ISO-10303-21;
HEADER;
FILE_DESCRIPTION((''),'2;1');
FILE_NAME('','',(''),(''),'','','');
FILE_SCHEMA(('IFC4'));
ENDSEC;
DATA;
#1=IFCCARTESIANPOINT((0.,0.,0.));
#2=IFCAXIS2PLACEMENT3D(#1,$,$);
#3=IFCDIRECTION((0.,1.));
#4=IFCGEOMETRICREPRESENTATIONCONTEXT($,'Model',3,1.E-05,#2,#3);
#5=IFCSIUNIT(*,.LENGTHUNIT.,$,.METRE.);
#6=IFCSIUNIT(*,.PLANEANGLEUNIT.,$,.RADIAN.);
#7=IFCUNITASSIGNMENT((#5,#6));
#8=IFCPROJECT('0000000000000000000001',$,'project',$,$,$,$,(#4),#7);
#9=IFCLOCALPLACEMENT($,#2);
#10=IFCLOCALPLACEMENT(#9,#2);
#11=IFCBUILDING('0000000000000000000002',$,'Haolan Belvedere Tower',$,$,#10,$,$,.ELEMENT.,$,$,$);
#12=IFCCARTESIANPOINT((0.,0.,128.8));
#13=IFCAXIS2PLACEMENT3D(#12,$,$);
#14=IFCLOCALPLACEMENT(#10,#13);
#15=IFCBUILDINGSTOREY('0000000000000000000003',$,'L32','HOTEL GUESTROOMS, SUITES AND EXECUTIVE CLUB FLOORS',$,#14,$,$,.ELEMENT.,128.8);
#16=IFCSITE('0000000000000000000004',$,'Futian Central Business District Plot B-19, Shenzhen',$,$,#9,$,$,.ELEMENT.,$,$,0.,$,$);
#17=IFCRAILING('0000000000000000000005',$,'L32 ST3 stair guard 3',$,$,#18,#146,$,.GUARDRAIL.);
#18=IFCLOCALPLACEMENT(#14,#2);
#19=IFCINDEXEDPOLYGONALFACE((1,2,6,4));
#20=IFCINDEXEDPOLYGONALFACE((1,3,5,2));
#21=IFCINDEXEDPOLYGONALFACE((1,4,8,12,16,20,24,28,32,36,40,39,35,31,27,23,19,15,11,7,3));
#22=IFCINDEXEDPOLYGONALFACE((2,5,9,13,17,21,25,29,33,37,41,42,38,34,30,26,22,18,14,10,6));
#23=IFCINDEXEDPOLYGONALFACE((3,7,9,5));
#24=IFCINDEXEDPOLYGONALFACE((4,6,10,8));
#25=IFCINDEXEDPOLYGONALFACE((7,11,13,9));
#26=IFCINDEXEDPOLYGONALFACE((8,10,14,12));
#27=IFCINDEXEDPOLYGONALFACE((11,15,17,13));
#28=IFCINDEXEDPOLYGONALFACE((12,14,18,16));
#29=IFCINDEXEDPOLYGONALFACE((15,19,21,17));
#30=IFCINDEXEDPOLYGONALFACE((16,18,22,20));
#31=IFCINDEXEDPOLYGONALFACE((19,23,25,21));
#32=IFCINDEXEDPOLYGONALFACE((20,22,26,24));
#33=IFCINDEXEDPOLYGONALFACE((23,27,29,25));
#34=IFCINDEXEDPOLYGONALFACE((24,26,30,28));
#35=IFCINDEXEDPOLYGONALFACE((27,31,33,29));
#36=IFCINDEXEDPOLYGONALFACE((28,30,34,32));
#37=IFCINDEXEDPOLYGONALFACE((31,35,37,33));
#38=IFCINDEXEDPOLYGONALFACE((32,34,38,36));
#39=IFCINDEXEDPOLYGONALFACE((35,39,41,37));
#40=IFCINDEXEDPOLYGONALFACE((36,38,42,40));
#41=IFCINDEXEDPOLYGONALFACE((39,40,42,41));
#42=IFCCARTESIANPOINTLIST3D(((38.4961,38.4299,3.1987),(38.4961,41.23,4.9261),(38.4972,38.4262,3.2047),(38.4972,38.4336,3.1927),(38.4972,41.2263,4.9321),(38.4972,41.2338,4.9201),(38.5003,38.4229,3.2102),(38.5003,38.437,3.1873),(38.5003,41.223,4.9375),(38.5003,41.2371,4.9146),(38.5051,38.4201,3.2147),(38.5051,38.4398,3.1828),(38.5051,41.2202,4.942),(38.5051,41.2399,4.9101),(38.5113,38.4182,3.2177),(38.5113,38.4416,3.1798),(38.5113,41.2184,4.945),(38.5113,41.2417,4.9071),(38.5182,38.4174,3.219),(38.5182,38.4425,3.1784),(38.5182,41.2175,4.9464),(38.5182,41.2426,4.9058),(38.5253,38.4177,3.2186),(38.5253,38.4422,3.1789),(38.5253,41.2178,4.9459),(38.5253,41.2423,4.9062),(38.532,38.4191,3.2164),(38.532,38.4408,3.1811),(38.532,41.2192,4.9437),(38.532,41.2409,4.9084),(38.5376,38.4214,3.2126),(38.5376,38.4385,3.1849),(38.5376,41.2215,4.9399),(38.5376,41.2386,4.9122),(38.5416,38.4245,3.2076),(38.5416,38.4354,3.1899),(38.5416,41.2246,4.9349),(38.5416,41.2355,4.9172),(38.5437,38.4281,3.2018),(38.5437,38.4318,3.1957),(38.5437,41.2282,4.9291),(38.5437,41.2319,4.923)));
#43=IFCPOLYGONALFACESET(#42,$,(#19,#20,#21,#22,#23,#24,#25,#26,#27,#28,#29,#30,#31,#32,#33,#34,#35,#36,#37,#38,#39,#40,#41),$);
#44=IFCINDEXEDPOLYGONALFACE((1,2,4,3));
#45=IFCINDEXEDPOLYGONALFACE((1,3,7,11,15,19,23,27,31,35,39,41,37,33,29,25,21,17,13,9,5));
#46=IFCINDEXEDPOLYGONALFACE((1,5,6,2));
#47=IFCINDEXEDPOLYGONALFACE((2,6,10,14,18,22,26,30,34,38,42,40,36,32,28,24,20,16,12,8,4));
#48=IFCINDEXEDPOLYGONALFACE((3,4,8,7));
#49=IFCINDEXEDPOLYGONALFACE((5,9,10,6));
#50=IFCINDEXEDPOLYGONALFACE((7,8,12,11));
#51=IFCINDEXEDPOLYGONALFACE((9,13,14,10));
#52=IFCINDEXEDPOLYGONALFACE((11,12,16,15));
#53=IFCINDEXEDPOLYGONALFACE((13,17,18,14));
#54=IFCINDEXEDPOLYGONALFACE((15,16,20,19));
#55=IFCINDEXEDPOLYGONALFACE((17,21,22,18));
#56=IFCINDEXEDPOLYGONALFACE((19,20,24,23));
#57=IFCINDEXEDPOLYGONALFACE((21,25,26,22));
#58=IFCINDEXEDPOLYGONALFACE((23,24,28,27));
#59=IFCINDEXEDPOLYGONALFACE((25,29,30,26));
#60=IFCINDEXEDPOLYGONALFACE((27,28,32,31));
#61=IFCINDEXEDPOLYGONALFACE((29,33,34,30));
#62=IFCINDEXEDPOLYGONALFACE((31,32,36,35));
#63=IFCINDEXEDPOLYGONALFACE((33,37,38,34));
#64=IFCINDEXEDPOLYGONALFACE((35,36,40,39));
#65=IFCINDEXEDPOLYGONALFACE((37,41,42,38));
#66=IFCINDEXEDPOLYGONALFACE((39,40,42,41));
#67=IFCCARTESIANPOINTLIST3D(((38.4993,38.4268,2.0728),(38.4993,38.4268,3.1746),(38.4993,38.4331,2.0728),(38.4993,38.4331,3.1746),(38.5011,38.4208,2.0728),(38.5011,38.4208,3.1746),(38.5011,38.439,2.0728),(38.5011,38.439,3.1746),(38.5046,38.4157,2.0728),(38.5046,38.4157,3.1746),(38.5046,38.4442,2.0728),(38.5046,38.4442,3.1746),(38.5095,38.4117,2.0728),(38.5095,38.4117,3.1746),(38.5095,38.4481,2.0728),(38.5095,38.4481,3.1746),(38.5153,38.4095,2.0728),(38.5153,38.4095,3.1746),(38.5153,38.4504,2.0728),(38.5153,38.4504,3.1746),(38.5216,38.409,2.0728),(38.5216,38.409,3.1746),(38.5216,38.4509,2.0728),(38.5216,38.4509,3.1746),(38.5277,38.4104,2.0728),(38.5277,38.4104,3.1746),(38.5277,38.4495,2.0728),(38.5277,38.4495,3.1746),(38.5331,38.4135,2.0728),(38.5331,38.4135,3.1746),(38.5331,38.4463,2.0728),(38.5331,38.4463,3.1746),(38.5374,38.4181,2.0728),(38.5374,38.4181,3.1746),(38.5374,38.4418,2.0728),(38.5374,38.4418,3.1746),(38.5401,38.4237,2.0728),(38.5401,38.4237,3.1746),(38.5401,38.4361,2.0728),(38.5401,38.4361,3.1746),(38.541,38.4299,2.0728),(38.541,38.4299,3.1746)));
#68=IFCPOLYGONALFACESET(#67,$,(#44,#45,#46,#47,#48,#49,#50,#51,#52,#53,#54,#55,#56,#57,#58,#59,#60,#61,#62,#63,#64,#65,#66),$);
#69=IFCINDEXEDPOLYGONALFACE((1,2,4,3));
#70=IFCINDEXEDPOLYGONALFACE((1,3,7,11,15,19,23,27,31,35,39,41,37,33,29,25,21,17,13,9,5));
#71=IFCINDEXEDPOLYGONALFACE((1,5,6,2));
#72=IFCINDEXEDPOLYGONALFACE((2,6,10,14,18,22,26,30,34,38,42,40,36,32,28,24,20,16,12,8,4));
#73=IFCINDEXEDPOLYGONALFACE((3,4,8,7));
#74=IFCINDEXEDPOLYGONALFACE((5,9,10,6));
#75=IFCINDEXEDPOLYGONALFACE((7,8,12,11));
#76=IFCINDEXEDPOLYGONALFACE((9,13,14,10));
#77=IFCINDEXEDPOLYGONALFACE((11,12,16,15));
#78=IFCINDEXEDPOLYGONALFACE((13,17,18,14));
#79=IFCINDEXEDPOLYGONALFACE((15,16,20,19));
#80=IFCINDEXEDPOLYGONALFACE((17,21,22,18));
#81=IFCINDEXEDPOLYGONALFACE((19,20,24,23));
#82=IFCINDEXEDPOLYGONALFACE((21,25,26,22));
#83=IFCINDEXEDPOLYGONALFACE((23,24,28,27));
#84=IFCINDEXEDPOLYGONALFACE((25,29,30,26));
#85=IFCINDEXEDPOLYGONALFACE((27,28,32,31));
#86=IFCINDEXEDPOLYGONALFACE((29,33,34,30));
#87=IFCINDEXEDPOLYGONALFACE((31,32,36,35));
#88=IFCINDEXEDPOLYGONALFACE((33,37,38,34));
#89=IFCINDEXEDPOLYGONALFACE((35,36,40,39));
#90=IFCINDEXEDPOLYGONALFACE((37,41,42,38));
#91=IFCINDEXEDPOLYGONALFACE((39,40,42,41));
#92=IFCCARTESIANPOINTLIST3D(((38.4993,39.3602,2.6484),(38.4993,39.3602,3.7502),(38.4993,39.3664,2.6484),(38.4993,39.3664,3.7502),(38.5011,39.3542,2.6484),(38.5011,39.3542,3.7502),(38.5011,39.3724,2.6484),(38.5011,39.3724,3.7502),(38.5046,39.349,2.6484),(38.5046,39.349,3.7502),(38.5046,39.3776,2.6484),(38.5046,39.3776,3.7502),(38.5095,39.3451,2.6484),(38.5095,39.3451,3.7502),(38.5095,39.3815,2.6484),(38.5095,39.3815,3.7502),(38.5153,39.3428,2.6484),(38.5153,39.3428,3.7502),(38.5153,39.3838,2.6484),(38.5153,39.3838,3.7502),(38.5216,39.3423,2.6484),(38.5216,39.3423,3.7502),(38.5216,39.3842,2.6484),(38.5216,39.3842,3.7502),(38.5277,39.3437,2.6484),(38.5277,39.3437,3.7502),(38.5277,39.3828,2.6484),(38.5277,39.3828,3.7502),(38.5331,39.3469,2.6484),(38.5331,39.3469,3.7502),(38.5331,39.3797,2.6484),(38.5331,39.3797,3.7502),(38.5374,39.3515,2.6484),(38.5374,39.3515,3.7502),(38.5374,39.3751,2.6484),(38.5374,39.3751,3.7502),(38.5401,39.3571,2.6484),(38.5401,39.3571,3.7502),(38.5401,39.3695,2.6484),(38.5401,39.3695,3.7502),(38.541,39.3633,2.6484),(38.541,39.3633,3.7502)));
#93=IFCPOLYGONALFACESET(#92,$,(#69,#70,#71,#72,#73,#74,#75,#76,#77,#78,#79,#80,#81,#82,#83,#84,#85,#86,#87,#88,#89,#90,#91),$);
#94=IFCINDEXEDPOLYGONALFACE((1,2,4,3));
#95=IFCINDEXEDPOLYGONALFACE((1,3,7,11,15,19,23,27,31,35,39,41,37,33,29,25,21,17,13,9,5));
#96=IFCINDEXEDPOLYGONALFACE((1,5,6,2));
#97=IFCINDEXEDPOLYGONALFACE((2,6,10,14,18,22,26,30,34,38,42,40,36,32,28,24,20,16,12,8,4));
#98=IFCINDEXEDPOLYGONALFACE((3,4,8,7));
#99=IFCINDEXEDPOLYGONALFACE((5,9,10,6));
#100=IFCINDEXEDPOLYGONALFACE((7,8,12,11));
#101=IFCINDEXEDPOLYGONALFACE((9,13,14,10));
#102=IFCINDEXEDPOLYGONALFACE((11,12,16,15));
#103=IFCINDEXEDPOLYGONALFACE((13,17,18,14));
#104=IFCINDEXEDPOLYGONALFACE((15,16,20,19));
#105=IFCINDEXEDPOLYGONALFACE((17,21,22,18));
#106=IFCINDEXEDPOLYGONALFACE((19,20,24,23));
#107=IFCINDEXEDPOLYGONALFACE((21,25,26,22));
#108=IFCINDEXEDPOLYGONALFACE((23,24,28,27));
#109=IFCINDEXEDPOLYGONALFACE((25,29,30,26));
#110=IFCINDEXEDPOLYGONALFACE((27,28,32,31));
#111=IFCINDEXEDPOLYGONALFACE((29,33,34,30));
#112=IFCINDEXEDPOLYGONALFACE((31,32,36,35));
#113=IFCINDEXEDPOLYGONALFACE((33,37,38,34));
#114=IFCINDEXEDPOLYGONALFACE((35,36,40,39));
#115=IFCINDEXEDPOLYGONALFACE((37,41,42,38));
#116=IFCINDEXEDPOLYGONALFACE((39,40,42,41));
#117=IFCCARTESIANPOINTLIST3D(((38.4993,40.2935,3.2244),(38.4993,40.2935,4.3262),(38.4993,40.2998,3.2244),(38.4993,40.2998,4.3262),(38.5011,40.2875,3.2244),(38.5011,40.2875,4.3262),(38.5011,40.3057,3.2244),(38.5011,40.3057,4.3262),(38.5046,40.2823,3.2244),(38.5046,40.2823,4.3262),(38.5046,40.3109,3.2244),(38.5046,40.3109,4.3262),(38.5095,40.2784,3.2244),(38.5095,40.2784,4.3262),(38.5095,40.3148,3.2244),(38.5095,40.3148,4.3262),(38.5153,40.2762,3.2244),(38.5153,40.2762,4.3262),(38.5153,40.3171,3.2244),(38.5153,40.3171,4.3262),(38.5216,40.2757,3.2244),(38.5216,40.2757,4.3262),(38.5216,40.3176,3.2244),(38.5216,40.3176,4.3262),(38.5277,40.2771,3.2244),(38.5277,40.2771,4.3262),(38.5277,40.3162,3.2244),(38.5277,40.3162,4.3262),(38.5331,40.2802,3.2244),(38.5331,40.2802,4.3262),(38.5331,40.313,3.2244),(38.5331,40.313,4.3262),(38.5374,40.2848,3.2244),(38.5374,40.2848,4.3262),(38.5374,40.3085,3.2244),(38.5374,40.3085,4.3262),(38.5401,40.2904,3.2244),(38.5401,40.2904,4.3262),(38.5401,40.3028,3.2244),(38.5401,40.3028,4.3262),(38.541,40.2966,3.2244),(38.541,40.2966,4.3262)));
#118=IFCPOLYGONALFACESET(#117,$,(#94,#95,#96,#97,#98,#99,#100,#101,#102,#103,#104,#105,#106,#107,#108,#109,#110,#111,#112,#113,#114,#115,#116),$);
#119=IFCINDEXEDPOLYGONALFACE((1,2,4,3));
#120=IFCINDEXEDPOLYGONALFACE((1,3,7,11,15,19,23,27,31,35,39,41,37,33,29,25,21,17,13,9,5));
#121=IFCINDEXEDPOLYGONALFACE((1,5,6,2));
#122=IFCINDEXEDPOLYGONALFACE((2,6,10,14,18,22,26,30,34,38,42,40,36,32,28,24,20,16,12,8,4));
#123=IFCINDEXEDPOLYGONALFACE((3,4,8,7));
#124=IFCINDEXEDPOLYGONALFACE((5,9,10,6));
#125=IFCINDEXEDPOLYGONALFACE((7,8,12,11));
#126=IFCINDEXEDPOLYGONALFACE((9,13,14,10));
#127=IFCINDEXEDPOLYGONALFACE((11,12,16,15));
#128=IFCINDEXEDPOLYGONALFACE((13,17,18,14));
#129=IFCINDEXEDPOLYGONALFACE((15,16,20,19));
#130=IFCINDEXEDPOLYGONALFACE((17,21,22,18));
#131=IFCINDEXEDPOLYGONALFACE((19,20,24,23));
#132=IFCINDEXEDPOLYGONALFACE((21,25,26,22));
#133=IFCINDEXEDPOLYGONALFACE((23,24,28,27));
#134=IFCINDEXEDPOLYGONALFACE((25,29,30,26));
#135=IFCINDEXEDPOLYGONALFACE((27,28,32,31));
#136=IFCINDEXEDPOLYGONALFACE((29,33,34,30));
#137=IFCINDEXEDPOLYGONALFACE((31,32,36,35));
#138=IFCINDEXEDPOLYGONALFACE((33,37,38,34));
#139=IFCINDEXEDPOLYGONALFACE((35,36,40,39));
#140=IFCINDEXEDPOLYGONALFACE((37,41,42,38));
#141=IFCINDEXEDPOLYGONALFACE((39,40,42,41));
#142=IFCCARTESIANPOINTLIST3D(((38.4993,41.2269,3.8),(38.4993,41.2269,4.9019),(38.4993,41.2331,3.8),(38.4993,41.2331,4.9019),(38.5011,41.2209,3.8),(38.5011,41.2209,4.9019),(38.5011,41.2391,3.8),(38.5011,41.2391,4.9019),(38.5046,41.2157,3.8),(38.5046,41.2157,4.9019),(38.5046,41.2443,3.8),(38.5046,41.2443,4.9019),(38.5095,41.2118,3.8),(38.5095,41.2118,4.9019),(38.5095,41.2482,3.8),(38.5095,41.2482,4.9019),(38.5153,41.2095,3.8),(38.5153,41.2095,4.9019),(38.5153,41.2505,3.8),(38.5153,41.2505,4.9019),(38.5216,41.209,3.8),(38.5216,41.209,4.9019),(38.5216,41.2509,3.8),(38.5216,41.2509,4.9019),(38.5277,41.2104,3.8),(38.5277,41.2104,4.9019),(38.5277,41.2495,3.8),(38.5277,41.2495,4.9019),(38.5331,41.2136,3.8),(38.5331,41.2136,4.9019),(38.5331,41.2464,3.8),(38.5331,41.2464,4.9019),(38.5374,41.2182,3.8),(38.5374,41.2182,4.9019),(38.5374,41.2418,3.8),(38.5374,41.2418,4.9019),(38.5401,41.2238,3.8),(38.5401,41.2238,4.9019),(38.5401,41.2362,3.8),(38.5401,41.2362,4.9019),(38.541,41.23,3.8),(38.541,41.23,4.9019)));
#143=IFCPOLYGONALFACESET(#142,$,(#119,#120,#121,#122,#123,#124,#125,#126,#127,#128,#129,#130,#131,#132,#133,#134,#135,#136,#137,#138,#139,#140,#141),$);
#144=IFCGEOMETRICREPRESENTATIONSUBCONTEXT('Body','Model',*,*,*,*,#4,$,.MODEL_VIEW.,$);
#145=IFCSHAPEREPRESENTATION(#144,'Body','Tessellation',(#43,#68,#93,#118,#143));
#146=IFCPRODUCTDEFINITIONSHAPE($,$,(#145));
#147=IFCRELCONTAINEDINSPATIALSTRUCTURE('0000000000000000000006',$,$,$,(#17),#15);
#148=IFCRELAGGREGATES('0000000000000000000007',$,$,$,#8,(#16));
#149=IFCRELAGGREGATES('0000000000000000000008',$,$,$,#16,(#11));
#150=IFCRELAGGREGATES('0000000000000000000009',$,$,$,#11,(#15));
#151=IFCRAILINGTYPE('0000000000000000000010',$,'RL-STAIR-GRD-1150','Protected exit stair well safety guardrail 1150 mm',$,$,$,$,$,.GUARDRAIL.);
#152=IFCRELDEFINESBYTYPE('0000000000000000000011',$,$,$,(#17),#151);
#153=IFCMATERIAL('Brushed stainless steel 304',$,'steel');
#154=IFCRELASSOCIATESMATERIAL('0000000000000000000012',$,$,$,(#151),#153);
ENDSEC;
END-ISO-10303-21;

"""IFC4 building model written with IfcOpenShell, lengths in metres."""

from ifc_helpers import new_model, si_unit, direction, frame, origin, origin_2d, place, context, subcontext, project, spatial, circle, extrude, material, type_object, element, save


model = new_model("IFC4")

# Units and contexts
model_context = context("Model", 3, precision=1e-05, world=origin(), true_north=direction((0.0, 1.0)))
body_context = subcontext(model_context, "Body", "Model", "MODEL_VIEW")
ifc_project = project(units=[si_unit("LENGTHUNIT", "METRE"), si_unit("PLANEANGLEUNIT", "RADIAN")], contexts=[model_context])

# Site, building, storey
site_placement = place(None, origin())
site = spatial("IfcSite", under=ifc_project, at=site_placement, Name="Futian Central Business District Plot B-19, Shenzhen", CompositionType="ELEMENT", RefElevation=0.0)
building_placement = place(site_placement, origin())
building = spatial("IfcBuilding", under=site, at=building_placement, Name="Haolan Belvedere Tower", CompositionType="ELEMENT")
storey_placement = place(building_placement, frame((0.0, 0.0, 128.8)))
storey = spatial("IfcBuildingStorey", under=building, at=storey_placement, Name="L32", Description="HOTEL GUESTROOMS, SUITES AND EXECUTIVE CLUB FLOORS", CompositionType="ELEMENT", Elevation=128.8)

# Railing
ifc_material_1 = material(Name="Brushed stainless steel 304", Category="steel")
railing_type_1 = type_object("IfcRailingType", Name="RL-STAIR-GRD-1150", Description="Protected exit stair well safety guardrail 1150 mm", PredefinedType="GUARDRAIL", material=ifc_material_1)
railing_1_placement = place(storey_placement, frame((38.52, 38.4299, 2.0728)))
element("IfcRailing", 1, at=railing_1_placement, inside=storey, type_object=railing_type_1, Name="L32 ST3 stair guard 3", PredefinedType="GUARDRAIL", context=body_context, shape_type="SweptSolid", body=[
    extrude(circle(Radius=0.0239, at=origin_2d()), frame((0.0, 0.0, 1.126), z_axis=(0.0, 0.85109, 0.52502), x_axis=(-1.0, 0.0, 0.0)), (0.0, 0.0, 1.0), 3.29),
    extrude(circle(Radius=0.021, at=origin_2d()), origin(), (0.0, 0.0, 1.0), 1.1018),
    extrude(circle(Radius=0.021, at=origin_2d()), frame((0.0, 0.9333, 0.5757)), (0.0, 0.0, 1.0), 1.1018),
    extrude(circle(Radius=0.021, at=origin_2d()), frame((0.0, 1.8667, 1.1516)), (0.0, 0.0, 1.0), 1.1018),
    extrude(circle(Radius=0.021, at=origin_2d()), frame((0.0, 2.8, 1.7273)), (0.0, 0.0, 1.0), 1.1018),
])

save(model, "model.ifc")
